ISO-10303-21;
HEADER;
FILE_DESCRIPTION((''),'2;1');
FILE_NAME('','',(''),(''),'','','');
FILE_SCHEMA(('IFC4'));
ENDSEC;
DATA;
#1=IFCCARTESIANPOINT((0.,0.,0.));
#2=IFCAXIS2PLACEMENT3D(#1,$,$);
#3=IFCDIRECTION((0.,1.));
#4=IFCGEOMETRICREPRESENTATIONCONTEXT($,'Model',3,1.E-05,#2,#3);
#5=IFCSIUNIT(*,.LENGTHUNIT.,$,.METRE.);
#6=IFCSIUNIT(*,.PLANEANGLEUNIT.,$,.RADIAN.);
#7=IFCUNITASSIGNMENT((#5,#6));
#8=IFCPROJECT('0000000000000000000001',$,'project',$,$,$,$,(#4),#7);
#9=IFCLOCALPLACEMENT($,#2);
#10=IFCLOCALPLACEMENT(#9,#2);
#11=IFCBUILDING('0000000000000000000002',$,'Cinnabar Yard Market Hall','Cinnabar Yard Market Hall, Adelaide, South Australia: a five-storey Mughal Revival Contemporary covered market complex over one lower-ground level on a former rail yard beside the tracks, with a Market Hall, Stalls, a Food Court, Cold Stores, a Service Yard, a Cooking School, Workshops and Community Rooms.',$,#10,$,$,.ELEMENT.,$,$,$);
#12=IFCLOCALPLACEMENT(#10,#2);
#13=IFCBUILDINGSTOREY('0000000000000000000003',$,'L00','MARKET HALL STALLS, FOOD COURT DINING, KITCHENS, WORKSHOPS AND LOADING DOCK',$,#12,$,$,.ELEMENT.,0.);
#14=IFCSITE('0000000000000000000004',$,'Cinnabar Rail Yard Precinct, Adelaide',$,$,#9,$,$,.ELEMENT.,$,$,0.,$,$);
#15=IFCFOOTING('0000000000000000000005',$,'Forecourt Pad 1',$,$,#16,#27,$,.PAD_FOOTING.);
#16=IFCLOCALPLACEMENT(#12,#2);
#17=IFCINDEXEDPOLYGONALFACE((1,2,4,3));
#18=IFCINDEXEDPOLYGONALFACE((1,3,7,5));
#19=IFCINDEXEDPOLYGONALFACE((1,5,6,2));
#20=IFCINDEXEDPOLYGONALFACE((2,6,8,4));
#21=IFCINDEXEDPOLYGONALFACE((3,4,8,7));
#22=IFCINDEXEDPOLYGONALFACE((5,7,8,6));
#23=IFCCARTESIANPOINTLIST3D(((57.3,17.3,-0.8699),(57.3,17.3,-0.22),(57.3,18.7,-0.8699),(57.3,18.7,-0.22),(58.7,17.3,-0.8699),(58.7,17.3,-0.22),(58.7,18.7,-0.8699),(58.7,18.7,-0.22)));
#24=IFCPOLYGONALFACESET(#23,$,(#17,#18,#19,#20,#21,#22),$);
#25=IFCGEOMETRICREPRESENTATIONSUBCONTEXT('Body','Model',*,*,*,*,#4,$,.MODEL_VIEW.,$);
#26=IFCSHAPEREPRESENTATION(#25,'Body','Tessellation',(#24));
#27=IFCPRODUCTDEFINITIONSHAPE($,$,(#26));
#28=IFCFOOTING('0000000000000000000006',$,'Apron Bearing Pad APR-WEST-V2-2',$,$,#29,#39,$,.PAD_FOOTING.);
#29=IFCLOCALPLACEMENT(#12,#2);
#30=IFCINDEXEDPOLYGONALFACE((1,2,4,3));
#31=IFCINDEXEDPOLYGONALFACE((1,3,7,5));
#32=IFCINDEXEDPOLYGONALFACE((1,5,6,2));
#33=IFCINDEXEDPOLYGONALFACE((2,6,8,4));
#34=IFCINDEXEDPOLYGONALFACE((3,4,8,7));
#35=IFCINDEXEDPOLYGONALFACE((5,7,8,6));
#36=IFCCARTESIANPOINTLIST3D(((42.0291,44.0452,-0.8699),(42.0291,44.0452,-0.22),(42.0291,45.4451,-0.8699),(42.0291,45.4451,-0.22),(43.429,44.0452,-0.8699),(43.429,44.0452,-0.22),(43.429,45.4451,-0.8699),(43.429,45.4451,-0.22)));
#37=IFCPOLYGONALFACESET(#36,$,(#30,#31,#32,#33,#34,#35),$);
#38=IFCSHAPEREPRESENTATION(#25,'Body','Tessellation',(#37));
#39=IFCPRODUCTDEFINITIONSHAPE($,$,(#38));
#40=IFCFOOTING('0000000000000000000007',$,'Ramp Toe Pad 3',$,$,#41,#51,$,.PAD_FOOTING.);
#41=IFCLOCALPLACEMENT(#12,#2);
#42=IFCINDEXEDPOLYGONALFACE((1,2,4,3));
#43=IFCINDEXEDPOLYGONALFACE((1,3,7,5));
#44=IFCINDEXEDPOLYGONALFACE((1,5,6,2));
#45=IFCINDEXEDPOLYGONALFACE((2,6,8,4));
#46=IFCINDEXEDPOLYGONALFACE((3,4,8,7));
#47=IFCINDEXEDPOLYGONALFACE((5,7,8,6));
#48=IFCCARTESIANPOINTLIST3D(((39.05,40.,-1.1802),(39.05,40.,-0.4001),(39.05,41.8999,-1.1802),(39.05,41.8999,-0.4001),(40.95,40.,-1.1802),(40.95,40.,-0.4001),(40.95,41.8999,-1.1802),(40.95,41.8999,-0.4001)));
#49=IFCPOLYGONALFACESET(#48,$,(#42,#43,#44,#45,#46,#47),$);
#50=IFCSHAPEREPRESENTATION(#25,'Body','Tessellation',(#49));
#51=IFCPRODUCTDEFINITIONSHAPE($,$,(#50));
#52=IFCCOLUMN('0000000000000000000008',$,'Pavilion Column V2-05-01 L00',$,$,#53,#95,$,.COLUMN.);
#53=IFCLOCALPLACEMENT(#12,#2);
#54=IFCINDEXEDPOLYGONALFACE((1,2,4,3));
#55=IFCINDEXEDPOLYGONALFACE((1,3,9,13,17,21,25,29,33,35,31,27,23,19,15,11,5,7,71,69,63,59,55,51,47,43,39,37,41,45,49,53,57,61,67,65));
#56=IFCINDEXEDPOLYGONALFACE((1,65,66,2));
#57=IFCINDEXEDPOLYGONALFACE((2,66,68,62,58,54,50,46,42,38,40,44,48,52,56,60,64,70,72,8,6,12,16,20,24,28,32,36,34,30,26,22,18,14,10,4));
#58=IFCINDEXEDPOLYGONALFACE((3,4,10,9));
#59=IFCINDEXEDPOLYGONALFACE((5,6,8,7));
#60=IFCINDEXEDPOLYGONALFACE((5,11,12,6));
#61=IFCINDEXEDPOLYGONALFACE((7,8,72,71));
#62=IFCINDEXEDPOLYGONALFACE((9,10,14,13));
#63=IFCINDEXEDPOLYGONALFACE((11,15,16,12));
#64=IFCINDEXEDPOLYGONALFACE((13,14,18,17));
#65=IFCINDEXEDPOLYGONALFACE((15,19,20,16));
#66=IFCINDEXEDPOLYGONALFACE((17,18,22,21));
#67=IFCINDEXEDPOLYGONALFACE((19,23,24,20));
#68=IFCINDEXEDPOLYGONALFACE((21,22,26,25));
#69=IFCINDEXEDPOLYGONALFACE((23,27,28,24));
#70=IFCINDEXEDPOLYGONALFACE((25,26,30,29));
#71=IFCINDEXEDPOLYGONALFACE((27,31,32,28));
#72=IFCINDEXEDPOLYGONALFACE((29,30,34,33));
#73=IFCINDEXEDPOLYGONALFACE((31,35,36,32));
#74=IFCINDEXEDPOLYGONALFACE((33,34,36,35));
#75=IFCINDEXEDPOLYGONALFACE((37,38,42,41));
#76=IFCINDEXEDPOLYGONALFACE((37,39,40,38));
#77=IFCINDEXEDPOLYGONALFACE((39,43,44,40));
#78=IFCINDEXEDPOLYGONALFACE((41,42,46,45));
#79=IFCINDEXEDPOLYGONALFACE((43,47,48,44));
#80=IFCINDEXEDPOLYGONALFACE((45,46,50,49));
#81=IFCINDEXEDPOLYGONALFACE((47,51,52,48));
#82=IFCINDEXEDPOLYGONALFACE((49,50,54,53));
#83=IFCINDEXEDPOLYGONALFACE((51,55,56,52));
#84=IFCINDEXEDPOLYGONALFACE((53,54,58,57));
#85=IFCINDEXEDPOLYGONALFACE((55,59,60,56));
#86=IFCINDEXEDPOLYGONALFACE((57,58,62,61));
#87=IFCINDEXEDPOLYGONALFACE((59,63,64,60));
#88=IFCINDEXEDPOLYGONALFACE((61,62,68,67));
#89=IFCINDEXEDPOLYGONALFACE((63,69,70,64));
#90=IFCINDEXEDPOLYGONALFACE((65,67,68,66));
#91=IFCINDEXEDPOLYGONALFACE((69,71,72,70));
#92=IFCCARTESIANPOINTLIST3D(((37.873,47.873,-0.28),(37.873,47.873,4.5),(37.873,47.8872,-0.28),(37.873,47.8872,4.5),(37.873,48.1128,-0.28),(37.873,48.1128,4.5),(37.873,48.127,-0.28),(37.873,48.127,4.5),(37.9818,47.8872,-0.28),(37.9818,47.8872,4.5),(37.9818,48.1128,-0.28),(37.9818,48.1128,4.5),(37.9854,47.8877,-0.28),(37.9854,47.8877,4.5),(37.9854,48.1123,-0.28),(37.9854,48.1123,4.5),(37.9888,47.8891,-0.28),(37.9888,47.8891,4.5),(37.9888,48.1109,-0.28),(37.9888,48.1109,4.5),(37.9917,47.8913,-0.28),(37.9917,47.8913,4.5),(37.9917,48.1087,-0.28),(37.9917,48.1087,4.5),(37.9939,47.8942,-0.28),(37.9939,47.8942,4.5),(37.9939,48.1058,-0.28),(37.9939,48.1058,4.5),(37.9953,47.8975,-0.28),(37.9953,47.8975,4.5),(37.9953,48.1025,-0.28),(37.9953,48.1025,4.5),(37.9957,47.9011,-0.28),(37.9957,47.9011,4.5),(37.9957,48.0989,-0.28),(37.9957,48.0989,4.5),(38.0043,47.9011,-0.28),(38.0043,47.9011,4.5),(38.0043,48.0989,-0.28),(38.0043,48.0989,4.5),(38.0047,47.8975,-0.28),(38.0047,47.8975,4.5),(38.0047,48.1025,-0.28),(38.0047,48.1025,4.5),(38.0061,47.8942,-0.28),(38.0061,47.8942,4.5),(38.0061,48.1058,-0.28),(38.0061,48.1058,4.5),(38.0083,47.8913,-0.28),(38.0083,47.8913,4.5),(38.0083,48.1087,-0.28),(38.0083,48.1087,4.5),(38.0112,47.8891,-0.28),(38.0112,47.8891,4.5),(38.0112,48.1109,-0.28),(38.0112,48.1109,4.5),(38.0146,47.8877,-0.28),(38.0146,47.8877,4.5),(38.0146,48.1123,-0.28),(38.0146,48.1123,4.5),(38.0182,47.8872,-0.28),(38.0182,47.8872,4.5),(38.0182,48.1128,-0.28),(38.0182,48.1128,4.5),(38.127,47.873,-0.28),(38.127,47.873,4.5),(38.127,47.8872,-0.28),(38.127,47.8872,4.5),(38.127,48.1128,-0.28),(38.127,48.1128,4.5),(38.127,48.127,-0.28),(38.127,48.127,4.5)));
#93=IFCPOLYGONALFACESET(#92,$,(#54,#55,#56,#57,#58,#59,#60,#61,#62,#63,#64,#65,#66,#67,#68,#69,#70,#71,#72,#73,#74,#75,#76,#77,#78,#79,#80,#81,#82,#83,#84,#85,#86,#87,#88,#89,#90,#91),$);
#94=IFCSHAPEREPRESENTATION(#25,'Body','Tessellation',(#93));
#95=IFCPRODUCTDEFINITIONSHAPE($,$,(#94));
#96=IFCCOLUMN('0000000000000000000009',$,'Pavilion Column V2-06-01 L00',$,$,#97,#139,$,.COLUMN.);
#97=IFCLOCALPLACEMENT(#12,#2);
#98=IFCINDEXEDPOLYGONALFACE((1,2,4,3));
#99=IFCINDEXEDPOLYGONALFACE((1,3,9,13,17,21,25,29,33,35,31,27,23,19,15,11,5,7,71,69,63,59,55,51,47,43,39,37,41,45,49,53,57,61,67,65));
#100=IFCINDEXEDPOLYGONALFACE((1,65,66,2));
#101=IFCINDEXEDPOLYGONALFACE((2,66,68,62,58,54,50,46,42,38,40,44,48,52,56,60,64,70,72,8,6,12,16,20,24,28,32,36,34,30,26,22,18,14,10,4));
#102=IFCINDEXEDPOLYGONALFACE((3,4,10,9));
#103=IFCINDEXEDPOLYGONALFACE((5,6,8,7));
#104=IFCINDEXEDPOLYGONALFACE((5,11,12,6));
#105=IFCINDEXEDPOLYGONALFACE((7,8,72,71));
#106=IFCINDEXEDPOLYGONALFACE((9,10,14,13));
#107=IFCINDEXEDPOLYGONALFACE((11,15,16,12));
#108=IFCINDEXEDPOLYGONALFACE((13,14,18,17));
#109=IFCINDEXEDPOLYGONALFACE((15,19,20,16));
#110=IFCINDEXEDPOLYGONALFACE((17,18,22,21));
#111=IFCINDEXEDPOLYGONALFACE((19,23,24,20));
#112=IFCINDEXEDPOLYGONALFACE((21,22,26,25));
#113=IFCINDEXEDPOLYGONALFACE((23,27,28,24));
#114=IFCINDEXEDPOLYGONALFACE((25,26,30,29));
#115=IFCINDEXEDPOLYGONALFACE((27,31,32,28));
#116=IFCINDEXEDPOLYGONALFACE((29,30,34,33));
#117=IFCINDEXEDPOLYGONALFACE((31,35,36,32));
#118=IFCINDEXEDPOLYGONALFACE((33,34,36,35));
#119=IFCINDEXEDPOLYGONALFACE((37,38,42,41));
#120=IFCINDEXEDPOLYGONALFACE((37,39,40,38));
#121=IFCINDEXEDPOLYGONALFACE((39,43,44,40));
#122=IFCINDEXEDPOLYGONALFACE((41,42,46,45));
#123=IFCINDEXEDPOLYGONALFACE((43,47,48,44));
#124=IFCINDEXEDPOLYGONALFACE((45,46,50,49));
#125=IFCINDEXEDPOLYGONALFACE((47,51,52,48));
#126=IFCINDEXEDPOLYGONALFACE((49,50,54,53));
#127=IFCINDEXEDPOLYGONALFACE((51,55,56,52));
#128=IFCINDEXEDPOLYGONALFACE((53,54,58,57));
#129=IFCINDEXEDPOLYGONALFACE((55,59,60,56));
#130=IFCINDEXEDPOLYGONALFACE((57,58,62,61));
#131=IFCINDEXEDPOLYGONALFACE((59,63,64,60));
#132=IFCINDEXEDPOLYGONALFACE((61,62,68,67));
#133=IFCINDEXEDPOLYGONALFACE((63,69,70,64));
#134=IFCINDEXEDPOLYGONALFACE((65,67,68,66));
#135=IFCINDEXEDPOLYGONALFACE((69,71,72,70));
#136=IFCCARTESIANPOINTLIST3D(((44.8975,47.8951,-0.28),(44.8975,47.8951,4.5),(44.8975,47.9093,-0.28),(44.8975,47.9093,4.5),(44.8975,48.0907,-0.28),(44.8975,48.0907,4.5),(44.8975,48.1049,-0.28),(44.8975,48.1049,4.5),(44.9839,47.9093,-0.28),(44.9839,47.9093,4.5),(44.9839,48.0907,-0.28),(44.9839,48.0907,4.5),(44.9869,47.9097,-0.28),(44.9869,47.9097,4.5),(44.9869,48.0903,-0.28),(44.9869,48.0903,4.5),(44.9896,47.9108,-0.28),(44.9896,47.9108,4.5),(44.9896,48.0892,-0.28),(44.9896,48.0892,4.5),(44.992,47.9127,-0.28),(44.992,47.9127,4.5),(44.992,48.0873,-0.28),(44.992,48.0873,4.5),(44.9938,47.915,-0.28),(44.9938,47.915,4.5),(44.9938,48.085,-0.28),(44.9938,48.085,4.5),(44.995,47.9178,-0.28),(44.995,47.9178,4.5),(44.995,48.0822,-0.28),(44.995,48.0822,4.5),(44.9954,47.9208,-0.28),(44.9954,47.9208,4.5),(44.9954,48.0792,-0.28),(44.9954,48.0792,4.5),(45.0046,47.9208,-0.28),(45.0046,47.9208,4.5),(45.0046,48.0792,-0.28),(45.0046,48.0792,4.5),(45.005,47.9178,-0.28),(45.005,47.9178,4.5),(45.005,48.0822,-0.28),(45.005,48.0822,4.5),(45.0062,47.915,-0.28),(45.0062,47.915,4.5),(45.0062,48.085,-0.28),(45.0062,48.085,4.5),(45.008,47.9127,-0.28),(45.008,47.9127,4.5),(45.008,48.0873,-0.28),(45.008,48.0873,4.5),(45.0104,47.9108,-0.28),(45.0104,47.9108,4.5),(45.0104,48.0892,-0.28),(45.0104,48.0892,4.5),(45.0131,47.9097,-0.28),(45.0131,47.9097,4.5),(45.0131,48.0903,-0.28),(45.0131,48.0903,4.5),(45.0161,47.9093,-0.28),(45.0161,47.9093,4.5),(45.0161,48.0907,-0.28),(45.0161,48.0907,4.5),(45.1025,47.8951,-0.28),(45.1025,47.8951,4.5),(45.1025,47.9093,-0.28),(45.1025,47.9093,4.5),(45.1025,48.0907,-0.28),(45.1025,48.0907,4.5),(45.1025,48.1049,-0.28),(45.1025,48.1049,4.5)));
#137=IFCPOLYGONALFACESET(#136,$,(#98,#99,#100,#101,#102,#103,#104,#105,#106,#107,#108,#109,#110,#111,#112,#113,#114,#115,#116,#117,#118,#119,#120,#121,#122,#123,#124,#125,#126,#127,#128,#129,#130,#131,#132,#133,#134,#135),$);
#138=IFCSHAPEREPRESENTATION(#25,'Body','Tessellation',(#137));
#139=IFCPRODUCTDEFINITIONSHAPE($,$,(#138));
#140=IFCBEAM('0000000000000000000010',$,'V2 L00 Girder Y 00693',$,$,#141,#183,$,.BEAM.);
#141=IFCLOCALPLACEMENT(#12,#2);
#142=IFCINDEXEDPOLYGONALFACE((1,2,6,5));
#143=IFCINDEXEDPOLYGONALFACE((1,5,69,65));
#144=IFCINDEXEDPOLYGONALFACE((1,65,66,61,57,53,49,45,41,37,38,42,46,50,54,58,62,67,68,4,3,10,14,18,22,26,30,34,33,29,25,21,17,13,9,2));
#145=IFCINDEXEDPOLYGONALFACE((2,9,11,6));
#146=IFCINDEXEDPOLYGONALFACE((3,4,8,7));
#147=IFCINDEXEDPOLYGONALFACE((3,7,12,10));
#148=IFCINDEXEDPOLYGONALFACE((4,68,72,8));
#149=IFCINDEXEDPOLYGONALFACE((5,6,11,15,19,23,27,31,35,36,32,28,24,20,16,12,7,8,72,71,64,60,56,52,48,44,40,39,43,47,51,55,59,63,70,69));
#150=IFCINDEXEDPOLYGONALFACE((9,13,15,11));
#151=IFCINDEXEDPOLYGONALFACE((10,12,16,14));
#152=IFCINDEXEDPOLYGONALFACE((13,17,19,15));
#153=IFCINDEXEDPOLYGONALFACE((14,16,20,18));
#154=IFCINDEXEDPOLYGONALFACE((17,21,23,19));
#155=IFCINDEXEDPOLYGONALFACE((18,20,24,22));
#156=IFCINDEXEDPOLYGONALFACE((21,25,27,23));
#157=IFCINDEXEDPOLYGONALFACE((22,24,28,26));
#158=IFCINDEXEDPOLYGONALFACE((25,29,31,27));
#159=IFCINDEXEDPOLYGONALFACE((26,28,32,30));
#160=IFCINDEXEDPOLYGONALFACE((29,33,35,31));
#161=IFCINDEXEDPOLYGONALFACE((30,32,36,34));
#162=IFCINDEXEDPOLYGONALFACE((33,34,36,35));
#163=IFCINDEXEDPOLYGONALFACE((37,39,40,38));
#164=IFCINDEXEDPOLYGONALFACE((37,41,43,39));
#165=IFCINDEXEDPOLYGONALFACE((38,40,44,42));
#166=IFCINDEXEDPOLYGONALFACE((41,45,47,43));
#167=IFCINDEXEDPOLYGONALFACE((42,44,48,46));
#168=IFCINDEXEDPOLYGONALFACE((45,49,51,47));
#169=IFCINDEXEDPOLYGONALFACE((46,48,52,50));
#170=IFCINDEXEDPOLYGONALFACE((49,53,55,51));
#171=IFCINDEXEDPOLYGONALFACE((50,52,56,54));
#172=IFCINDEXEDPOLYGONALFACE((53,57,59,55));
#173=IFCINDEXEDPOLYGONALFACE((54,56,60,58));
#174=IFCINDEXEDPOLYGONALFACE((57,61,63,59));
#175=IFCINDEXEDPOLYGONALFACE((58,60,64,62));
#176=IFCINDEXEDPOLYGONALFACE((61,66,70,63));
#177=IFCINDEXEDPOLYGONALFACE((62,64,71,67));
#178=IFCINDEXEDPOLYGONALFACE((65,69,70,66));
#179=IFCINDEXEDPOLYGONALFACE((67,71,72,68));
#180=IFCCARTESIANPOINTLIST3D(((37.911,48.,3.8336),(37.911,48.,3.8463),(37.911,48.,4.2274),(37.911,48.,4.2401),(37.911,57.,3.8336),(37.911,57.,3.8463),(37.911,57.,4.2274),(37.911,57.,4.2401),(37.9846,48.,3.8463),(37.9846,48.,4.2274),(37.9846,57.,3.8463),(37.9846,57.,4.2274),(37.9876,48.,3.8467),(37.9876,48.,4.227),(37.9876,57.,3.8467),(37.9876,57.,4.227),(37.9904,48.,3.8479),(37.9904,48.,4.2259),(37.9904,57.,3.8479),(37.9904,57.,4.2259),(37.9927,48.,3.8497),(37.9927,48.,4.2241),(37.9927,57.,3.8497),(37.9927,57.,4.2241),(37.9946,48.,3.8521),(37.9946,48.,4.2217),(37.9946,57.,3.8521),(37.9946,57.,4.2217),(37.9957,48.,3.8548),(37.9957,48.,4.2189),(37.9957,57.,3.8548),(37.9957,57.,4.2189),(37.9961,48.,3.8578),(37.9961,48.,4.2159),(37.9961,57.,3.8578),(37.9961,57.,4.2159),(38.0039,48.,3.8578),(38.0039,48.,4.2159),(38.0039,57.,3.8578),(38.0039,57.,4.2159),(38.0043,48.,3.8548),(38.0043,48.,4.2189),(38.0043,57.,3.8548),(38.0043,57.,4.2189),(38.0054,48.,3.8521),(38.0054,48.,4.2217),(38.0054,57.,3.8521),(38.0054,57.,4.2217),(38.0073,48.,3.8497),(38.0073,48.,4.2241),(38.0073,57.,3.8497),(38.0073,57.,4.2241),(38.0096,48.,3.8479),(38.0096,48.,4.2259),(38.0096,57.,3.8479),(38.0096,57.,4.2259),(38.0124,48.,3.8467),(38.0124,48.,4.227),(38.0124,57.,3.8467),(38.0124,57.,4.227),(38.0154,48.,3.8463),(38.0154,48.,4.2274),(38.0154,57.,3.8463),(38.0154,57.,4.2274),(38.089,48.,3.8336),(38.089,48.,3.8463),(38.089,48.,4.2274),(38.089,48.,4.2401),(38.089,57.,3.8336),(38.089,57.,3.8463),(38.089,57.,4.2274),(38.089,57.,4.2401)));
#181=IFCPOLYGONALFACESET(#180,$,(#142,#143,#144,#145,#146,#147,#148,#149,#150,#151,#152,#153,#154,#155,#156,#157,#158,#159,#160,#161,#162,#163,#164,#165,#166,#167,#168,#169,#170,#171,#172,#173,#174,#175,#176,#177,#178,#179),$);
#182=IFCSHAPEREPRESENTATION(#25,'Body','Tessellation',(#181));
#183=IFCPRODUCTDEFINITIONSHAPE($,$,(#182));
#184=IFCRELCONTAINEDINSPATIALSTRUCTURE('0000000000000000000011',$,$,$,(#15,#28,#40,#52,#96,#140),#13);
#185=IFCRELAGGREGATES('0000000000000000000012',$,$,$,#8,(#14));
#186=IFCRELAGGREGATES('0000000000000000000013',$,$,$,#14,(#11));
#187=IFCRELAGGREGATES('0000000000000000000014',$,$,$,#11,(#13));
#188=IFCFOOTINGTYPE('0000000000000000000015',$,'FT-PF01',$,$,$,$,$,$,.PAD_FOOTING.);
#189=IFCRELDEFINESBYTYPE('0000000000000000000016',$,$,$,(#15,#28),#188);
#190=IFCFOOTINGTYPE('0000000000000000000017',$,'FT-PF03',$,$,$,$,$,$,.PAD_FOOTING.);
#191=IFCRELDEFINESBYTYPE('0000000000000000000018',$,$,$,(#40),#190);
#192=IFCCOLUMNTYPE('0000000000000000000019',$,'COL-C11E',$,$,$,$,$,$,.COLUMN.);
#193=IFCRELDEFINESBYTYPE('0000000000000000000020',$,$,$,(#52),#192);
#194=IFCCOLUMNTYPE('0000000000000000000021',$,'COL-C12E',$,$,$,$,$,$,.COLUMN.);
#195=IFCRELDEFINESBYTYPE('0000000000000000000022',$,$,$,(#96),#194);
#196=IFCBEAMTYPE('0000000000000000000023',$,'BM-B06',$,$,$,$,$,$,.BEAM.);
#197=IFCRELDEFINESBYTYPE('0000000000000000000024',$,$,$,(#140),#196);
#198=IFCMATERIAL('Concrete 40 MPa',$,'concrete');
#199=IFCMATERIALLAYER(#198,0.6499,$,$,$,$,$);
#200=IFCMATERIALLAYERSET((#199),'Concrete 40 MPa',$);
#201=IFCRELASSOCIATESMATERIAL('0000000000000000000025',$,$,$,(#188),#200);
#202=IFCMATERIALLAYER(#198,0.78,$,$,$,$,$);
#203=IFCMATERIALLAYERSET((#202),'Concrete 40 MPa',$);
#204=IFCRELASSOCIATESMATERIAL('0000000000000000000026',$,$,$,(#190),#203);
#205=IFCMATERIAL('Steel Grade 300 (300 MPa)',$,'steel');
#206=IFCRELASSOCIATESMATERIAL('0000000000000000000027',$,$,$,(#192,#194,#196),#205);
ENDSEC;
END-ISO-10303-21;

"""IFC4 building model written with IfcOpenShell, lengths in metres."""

from ifc_helpers import new_model, si_unit, direction, frame, origin, origin_2d_with_axis, place, context, subcontext, project, spatial, rectangle, i_section, extrude, material, layer, layer_set, material_profile, profile_set, type_object, element, save


model = new_model("IFC4")

# Units and contexts
model_context = context("Model", 3, precision=1e-05, world=origin(), true_north=direction((0.0, 1.0)))
body_context = subcontext(model_context, "Body", "Model", "MODEL_VIEW")
ifc_project = project(units=[si_unit("LENGTHUNIT", "METRE"), si_unit("PLANEANGLEUNIT", "RADIAN")], contexts=[model_context])

# Site, building, storey
site_placement = place(None, origin())
site = spatial("IfcSite", under=ifc_project, at=site_placement, Name="Cinnabar Rail Yard Precinct, Adelaide", CompositionType="ELEMENT", RefElevation=0.0)
building_placement = place(site_placement, origin())
building = spatial("IfcBuilding", under=site, at=building_placement, Name="Cinnabar Yard Market Hall", Description="Cinnabar Yard Market Hall, Adelaide, South Australia: a five-storey Mughal Revival Contemporary covered market complex over one lower-ground level on a former rail yard beside the tracks, with a Market Hall, Stalls, a Food Court, Cold Stores, a Service Yard, a Cooking School, Workshops and Community Rooms.", CompositionType="ELEMENT")
storey_placement = place(building_placement, origin())
storey = spatial("IfcBuildingStorey", under=building, at=storey_placement, Name="L00", Description="MARKET HALL STALLS, FOOD COURT DINING, KITCHENS, WORKSHOPS AND LOADING DOCK", CompositionType="ELEMENT", Elevation=0.0)

# Footings
ifc_material_1 = material(Name="Concrete 40 MPa", Category="concrete")
ifc_layer_1 = layer(ifc_material_1, 0.6499)
ifc_layer_set_1 = layer_set([ifc_layer_1], Name="Concrete 40 MPa")
footing_type_1 = type_object("IfcFootingType", Name="FT-PF01", PredefinedType="PAD_FOOTING", material=ifc_layer_set_1)
for number, where, z_axis, x_axis, name in (
    (1, (58.0, 18.0, -0.8699), (0.0, 0.0, 1.0), (1.0, 0.0, 0.0), "Forecourt Pad 1"),
    (2, (42.729, 44.7451, -0.8699), (0.0, 0.0, 1.0), (1.0, 0.0, 0.0), "Apron Bearing Pad APR-WEST-V2-2"),
):
    element("IfcFooting", number, at=place(storey_placement, frame(where, z_axis=z_axis, x_axis=x_axis)), inside=storey, type_object=footing_type_1, Name=name, PredefinedType="PAD_FOOTING", context=body_context, shape_type="SweptSolid", body=[
        extrude(rectangle(XDim=1.3999, YDim=1.3999, at=origin_2d_with_axis()), origin(), (0.0, 0.0, 1.0), 0.6499),
    ])
ifc_layer_2 = layer(ifc_material_1, 0.78)
ifc_layer_set_2 = layer_set([ifc_layer_2], Name="Concrete 40 MPa")
footing_type_2 = type_object("IfcFootingType", Name="FT-PF03", PredefinedType="PAD_FOOTING", material=ifc_layer_set_2)
footing_placement = place(storey_placement, frame((40.0, 40.95, -1.1802), z_axis=(0.0, 0.0, 1.0), x_axis=(1.0, 0.0, 0.0)))
element("IfcFooting", 3, at=footing_placement, inside=storey, type_object=footing_type_2, Name="Ramp Toe Pad 3", PredefinedType="PAD_FOOTING", context=body_context, shape_type="SweptSolid", body=[
    extrude(rectangle(XDim=1.8999, YDim=1.8999, at=origin_2d_with_axis()), origin(), (0.0, 0.0, 1.0), 0.78),
])

# Columns
ifc_material_2 = material(Name="Steel Grade 300 (300 MPa)", Category="steel")
ifc_material_profile_1 = material_profile(ifc_material_2, i_section(OverallWidth=0.2539, OverallDepth=0.2539, WebThickness=0.0085, FlangeThickness=0.0142, FilletRadius=0.0139, at=origin_2d_with_axis()), Name="250UC72.9")
ifc_profile_set_1 = profile_set([ifc_material_profile_1], Name="Steel Grade 300 (300 MPa)")
column_type_1 = type_object("IfcColumnType", Name="COL-C11E", PredefinedType="COLUMN", material=ifc_profile_set_1)
column_1_placement = place(storey_placement, frame((38.0, 48.0, -0.28), z_axis=(0.0, 0.0, 1.0), x_axis=(1.0, 0.0, 0.0)))
element("IfcColumn", 4, at=column_1_placement, inside=storey, type_object=column_type_1, Name="Pavilion Column V2-05-01 L00", PredefinedType="COLUMN", context=body_context, shape_type="SweptSolid", body=[
    extrude(i_section(OverallWidth=0.2539, OverallDepth=0.2539, WebThickness=0.0085, FlangeThickness=0.0142, FilletRadius=0.0139, at=origin_2d_with_axis()), origin(), (0.0, 0.0, 1.0), 4.78),
])
ifc_material_profile_2 = material_profile(ifc_material_2, i_section(OverallWidth=0.2051, OverallDepth=0.2097, WebThickness=0.0093, FlangeThickness=0.0142, FilletRadius=0.0115, at=origin_2d_with_axis()), Name="200UC59.5")
ifc_profile_set_2 = profile_set([ifc_material_profile_2], Name="Steel Grade 300 (300 MPa)")
column_type_2 = type_object("IfcColumnType", Name="COL-C12E", PredefinedType="COLUMN", material=ifc_profile_set_2)
column_2_placement = place(storey_placement, frame((45.0, 48.0, -0.28), z_axis=(0.0, 0.0, 1.0), x_axis=(1.0, 0.0, 0.0)))
element("IfcColumn", 5, at=column_2_placement, inside=storey, type_object=column_type_2, Name="Pavilion Column V2-06-01 L00", PredefinedType="COLUMN", context=body_context, shape_type="SweptSolid", body=[
    extrude(i_section(OverallWidth=0.2051, OverallDepth=0.2097, WebThickness=0.0093, FlangeThickness=0.0142, FilletRadius=0.0115, at=origin_2d_with_axis()), origin(), (0.0, 0.0, 1.0), 4.78),
])

# Beam
ifc_material_profile_3 = material_profile(ifc_material_2, i_section(OverallWidth=0.178, OverallDepth=0.4065, WebThickness=0.0078, FlangeThickness=0.0127, FilletRadius=0.0115, at=origin_2d_with_axis()), Name="410UB59.7")
ifc_profile_set_3 = profile_set([ifc_material_profile_3], Name="Steel Grade 300 (300 MPa)")
beam_type_1 = type_object("IfcBeamType", Name="BM-B06", PredefinedType="BEAM", material=ifc_profile_set_3)
for number, where, z_axis, x_axis, name in (
    (6, (38.0, 48.0, 4.0369), (0.0, 1.0, 0.0), (-1.0, 0.0, 0.0), "V2 L00 Girder Y 00693"),
):
    element("IfcBeam", number, at=place(storey_placement, frame(where, z_axis=z_axis, x_axis=x_axis)), inside=storey, type_object=beam_type_1, Name=name, PredefinedType="BEAM", context=body_context, shape_type="SweptSolid", body=[
        extrude(i_section(OverallWidth=0.178, OverallDepth=0.4065, WebThickness=0.0078, FlangeThickness=0.0127, FilletRadius=0.0115, at=origin_2d_with_axis()), origin(), (0.0, 0.0, 1.0), 9.0),
    ])

save(model, "model.ifc")
